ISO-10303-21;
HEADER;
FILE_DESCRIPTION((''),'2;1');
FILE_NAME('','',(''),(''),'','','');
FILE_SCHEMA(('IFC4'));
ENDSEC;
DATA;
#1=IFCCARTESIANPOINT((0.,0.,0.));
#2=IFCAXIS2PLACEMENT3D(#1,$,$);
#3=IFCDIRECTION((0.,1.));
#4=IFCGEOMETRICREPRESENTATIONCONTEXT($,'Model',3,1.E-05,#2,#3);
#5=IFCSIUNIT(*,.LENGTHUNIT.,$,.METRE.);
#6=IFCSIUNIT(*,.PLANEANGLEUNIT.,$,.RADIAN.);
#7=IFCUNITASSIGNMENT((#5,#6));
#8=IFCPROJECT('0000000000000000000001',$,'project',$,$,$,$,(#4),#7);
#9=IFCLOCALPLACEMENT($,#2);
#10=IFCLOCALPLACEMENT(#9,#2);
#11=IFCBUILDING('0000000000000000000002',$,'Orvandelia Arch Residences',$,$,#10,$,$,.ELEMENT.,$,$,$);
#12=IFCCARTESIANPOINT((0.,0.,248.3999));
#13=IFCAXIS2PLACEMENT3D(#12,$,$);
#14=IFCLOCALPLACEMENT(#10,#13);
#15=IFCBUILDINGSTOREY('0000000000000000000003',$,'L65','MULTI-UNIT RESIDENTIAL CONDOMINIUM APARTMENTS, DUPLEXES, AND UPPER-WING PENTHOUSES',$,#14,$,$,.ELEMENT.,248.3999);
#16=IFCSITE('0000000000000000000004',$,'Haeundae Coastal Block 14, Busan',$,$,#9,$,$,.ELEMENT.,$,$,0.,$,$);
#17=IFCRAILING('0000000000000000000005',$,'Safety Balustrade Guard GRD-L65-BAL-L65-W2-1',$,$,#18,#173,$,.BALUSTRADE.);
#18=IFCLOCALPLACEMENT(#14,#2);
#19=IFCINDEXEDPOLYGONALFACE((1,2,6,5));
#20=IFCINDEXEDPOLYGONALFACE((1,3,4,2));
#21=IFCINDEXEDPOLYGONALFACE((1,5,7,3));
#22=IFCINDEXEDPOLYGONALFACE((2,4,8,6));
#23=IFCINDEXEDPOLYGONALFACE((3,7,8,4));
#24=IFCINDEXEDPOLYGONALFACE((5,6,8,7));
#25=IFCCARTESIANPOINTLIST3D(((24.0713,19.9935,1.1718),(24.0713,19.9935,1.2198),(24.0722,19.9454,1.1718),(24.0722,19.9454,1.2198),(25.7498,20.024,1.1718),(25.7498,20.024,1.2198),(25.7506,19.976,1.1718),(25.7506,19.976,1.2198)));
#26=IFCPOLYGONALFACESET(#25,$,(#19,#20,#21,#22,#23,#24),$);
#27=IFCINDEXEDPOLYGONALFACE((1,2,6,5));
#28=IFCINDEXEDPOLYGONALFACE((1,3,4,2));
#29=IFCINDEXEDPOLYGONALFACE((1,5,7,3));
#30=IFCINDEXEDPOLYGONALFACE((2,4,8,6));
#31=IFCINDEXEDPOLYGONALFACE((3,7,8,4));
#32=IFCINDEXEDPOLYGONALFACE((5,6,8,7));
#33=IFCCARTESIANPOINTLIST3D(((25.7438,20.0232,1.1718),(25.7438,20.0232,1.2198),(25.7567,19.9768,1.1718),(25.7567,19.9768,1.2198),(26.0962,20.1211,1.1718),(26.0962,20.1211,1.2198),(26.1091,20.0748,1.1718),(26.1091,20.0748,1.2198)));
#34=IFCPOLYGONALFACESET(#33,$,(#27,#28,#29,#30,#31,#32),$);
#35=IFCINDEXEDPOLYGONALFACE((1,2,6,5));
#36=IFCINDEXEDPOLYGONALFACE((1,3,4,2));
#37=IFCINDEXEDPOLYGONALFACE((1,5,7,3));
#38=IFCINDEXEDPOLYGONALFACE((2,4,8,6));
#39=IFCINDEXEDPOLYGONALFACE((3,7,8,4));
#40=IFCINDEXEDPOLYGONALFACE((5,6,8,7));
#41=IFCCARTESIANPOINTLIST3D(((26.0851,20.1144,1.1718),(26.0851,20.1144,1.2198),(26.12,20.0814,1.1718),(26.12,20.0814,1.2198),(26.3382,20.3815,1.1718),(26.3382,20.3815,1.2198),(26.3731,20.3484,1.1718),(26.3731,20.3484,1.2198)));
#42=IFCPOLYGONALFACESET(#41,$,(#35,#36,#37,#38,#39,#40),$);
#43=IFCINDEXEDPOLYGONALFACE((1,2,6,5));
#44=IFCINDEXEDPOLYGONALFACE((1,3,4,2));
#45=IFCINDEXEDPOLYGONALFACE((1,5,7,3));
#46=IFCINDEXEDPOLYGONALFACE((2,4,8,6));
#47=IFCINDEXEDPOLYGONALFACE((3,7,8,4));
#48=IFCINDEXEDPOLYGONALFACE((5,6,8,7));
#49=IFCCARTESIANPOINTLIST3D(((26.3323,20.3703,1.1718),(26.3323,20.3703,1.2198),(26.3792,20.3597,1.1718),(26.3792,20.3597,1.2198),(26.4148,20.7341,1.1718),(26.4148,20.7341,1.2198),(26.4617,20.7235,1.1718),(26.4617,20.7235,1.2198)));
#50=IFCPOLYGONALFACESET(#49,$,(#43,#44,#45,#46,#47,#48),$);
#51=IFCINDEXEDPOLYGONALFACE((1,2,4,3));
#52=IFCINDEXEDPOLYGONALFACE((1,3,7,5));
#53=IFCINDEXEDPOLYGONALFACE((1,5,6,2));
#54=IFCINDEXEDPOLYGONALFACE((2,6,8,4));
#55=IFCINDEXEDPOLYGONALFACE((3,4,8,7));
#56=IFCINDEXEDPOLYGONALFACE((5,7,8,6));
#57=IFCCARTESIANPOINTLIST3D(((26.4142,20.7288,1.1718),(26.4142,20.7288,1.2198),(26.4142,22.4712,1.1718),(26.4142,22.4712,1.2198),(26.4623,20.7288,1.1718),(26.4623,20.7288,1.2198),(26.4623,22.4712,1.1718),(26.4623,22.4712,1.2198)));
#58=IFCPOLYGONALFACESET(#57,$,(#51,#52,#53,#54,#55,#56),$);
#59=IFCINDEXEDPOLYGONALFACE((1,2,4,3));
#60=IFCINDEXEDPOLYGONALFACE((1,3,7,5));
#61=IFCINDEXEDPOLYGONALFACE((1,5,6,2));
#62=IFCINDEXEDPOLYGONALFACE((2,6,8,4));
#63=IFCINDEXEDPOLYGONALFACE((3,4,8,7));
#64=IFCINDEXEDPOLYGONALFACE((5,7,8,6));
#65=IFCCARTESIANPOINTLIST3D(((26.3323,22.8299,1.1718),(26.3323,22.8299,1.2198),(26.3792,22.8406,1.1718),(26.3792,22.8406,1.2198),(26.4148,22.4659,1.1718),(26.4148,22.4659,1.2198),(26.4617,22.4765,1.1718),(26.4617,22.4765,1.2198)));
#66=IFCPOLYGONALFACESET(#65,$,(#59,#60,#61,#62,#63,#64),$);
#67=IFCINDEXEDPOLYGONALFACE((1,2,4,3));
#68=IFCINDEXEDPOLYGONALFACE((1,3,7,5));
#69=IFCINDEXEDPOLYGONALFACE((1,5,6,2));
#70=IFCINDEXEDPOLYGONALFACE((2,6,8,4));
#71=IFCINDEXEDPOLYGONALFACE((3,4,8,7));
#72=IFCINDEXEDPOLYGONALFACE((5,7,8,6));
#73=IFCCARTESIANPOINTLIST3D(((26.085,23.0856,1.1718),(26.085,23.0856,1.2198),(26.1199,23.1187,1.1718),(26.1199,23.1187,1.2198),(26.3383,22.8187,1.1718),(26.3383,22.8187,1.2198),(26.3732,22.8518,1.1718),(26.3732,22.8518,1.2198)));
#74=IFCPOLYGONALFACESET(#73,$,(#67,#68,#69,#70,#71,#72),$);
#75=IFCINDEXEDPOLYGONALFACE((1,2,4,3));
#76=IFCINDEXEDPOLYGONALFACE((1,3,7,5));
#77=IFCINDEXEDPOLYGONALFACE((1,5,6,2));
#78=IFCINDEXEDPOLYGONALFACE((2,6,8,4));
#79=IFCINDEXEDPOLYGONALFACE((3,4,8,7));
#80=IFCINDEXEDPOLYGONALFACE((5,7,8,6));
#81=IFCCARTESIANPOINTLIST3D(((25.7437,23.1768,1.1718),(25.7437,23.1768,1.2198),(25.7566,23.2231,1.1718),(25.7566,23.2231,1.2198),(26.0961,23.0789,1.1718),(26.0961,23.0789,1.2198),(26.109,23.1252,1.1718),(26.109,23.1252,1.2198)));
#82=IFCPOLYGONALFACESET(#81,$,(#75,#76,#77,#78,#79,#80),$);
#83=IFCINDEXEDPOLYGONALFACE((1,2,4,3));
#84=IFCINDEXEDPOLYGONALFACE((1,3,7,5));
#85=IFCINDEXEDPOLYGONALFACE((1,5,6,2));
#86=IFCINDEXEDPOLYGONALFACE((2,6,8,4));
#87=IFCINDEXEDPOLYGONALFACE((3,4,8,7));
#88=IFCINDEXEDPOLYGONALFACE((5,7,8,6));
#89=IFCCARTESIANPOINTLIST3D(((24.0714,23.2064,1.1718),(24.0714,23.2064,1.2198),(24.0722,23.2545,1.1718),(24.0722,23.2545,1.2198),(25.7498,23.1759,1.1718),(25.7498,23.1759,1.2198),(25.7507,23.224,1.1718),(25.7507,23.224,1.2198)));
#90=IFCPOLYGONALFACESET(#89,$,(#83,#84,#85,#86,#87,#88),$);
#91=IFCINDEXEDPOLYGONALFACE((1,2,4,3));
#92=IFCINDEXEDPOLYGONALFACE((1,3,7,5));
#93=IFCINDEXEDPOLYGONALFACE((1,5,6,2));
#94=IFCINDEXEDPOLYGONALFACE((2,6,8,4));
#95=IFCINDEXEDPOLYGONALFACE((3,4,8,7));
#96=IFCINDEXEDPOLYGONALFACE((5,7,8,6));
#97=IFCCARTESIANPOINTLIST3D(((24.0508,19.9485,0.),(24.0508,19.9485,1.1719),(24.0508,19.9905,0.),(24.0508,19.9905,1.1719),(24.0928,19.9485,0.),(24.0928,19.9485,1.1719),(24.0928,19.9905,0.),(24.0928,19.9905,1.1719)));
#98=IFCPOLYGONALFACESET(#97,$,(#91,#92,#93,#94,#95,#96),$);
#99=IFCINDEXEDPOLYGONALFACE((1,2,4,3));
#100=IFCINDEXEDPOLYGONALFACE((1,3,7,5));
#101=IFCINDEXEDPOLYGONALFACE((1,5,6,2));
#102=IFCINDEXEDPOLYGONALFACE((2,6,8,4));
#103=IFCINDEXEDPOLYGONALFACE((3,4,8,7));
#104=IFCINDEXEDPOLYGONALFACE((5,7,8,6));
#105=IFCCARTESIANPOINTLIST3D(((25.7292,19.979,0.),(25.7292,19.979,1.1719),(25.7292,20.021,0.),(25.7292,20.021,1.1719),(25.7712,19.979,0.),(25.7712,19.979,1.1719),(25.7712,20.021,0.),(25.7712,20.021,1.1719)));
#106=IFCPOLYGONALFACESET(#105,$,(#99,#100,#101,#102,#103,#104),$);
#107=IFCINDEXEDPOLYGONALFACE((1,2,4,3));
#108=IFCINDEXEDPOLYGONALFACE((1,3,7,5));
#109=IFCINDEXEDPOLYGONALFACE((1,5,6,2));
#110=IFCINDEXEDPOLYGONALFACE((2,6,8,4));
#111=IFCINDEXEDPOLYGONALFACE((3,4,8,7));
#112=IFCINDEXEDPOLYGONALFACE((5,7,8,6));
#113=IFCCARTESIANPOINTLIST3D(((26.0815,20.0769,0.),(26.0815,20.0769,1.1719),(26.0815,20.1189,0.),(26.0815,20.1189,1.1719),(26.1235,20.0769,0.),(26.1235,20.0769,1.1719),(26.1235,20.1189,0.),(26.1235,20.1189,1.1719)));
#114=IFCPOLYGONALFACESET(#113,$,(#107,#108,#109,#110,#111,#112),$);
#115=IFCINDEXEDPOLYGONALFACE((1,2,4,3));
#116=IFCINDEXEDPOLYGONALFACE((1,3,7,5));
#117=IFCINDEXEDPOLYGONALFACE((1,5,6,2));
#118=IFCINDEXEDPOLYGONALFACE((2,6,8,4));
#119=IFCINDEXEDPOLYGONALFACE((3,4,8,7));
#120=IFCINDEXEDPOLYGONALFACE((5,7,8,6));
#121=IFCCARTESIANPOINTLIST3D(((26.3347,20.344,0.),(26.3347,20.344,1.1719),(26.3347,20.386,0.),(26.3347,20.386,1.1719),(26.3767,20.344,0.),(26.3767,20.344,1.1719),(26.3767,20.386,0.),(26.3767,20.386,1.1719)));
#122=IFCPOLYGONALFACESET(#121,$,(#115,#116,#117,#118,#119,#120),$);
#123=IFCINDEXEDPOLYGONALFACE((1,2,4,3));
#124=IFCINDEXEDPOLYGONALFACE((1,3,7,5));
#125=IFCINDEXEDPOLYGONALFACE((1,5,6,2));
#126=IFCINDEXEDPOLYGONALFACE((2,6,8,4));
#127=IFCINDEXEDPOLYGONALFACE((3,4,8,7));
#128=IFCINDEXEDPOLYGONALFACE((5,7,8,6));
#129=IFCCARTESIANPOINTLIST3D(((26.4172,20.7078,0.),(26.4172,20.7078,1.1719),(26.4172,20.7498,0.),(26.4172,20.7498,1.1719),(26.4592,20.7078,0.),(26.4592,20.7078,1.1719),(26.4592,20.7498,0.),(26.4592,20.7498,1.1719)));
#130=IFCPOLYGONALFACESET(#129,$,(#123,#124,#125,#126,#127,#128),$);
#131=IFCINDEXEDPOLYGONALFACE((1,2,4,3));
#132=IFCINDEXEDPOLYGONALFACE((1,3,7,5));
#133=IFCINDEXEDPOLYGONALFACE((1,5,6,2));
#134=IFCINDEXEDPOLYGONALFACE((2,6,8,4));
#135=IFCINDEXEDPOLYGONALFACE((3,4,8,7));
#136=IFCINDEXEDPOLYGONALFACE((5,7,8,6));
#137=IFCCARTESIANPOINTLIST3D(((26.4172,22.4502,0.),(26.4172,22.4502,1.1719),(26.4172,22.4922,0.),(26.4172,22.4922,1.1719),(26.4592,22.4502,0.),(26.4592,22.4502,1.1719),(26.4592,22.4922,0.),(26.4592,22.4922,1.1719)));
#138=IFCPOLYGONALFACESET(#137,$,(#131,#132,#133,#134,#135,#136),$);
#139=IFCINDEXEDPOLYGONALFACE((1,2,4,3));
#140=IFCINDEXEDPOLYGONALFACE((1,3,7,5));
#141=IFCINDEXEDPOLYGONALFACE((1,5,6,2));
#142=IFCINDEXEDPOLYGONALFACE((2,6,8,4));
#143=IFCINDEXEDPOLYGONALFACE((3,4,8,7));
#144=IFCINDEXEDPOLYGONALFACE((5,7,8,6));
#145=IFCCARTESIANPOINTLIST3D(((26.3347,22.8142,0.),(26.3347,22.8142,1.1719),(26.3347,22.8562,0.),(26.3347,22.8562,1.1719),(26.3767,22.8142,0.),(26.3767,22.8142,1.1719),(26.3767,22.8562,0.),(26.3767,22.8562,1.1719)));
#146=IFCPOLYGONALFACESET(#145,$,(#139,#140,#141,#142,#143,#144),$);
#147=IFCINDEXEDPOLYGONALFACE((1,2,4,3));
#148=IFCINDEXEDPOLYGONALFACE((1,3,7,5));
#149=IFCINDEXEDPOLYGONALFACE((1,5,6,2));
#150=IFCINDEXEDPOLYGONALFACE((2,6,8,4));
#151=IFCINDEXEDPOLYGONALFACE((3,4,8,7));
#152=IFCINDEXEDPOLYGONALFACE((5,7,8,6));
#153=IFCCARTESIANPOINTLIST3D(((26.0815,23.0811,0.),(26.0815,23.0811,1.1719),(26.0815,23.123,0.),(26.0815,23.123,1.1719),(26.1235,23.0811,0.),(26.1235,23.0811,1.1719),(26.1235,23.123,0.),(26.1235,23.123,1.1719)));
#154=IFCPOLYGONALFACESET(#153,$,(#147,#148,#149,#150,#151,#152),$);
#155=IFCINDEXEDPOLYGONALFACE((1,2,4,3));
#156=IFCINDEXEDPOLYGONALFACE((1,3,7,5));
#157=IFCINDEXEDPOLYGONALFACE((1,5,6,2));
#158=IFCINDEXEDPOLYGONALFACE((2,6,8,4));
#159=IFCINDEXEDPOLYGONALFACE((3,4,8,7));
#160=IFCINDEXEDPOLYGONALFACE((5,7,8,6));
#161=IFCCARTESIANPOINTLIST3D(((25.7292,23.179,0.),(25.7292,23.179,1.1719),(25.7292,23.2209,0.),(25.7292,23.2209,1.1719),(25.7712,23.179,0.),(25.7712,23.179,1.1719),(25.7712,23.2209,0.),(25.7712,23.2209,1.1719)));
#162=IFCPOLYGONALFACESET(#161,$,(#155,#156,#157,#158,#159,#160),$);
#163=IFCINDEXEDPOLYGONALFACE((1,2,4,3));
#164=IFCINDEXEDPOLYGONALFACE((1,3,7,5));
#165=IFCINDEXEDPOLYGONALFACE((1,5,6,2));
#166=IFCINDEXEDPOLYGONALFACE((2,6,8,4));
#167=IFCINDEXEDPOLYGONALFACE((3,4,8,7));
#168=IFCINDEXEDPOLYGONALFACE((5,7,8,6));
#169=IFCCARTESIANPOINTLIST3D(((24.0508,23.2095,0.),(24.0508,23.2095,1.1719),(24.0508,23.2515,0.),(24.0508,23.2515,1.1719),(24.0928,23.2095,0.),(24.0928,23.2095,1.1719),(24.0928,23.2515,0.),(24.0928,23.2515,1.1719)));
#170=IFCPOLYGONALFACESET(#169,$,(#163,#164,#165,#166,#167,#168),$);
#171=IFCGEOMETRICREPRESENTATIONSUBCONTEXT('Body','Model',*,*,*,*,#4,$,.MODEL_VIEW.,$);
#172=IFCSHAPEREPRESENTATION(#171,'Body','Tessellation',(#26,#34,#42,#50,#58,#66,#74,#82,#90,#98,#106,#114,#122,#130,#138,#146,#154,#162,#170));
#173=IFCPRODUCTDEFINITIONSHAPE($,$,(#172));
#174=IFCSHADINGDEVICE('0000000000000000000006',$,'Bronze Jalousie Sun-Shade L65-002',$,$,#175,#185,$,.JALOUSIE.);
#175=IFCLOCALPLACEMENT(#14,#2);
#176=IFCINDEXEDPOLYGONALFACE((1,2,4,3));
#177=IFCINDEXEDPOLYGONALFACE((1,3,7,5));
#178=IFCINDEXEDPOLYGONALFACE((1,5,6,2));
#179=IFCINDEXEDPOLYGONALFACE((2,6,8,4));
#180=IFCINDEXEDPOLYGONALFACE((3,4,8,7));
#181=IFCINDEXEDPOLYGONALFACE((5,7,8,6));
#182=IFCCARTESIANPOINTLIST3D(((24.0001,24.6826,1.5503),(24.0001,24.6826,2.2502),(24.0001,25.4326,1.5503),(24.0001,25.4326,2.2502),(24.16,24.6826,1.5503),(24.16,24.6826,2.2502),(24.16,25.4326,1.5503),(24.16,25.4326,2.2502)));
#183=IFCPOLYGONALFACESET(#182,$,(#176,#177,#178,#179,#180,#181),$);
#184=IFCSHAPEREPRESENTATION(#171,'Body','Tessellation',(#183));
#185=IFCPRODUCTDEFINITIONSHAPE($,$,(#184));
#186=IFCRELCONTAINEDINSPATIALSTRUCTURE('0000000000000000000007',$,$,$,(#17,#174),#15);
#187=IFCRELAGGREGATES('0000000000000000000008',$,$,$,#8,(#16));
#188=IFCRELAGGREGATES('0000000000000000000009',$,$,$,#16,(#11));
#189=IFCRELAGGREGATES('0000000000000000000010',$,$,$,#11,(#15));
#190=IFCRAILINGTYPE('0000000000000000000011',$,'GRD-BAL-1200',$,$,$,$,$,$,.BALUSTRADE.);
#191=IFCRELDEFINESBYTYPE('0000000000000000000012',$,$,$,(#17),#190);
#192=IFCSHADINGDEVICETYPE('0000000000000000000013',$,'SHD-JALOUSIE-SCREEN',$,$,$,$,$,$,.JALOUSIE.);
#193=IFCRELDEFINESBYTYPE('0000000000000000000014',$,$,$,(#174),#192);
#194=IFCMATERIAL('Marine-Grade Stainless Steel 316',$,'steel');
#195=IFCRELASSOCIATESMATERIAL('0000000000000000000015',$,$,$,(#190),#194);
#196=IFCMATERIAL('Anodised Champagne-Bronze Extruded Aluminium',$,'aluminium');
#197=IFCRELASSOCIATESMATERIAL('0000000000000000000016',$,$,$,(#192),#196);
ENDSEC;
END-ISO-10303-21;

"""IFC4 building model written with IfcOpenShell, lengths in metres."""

from ifc_helpers import new_model, si_unit, direction, frame, origin, origin_2d, place, context, subcontext, project, spatial, rectangle, extrude, material, type_object, element, save


model = new_model("IFC4")

# Units and contexts
model_context = context("Model", 3, precision=1e-05, world=origin(), true_north=direction((0.0, 1.0)))
body_context = subcontext(model_context, "Body", "Model", "MODEL_VIEW")
ifc_project = project(units=[si_unit("LENGTHUNIT", "METRE"), si_unit("PLANEANGLEUNIT", "RADIAN")], contexts=[model_context])

# Site, building, storey
site_placement = place(None, origin())
site = spatial("IfcSite", under=ifc_project, at=site_placement, Name="Haeundae Coastal Block 14, Busan", CompositionType="ELEMENT", RefElevation=0.0)
building_placement = place(site_placement, origin())
building = spatial("IfcBuilding", under=site, at=building_placement, Name="Orvandelia Arch Residences", CompositionType="ELEMENT")
storey_placement = place(building_placement, frame((0.0, 0.0, 248.3999)))
storey = spatial("IfcBuildingStorey", under=building, at=storey_placement, Name="L65", Description="MULTI-UNIT RESIDENTIAL CONDOMINIUM APARTMENTS, DUPLEXES, AND UPPER-WING PENTHOUSES", CompositionType="ELEMENT", Elevation=248.3999)

# Railing
ifc_material_1 = material(Name="Marine-Grade Stainless Steel 316", Category="steel")
railing_type = type_object("IfcRailingType", Name="GRD-BAL-1200", PredefinedType="BALUSTRADE", material=ifc_material_1)
railing_placement = place(storey_placement, frame((24.0718, 19.9695, 0.0)))
element("IfcRailing", 1, at=railing_placement, inside=storey, type_object=railing_type, Name="Safety Balustrade Guard GRD-L65-BAL-L65-W2-1", PredefinedType="BALUSTRADE", context=body_context, shape_type="SweptSolid", body=[
    extrude(rectangle(XDim=0.0481, YDim=0.0481, at=origin_2d()), frame((0.0, 0.0, 1.1958), z_axis=(0.999835, 0.018179, 0.0), x_axis=(-0.018179, 0.999835, 0.0)), (0.0, 0.0, 1.0), 1.6787),
    extrude(rectangle(XDim=0.0481, YDim=0.0481, at=origin_2d()), frame((1.6785, 0.0305, 1.1958), z_axis=(0.963489, 0.267747, 0.0), x_axis=(-0.267747, 0.963489, 0.0)), (0.0, 0.0, 1.0), 0.3657),
    extrude(rectangle(XDim=0.0481, YDim=0.0481, at=origin_2d()), frame((2.0308, 0.1284, 1.1958), z_axis=(0.687947, 0.725761, 0.0), x_axis=(-0.725761, 0.687947, 0.0)), (0.0, 0.0, 1.0), 0.3679),
    extrude(rectangle(XDim=0.0481, YDim=0.0481, at=origin_2d()), frame((2.2839, 0.3955, 1.1958), z_axis=(0.221225, 0.975223, 0.0), x_axis=(-0.975223, 0.221225, 0.0)), (0.0, 0.0, 1.0), 0.373),
    extrude(rectangle(XDim=0.0481, YDim=0.0481, at=origin_2d()), frame((2.3665, 0.7593, 1.1958), z_axis=(0.0, 1.0, 0.0), x_axis=(-1.0, 0.0, 0.0)), (0.0, 0.0, 1.0), 1.7424),
    extrude(rectangle(XDim=0.0481, YDim=0.0481, at=origin_2d()), frame((2.3665, 2.5017, 1.1958), z_axis=(-0.221084, 0.975255, 0.0), x_axis=(-0.975255, -0.221084, 0.0)), (0.0, 0.0, 1.0), 0.3733),
    extrude(rectangle(XDim=0.0481, YDim=0.0481, at=origin_2d()), frame((2.2839, 2.8657, 1.1958), z_axis=(-0.688278, 0.725447, 0.0), x_axis=(-0.725447, -0.688278, 0.0)), (0.0, 0.0, 1.0), 0.3679),
    extrude(rectangle(XDim=0.0481, YDim=0.0481, at=origin_2d()), frame((2.0308, 3.1326, 1.1958), z_axis=(-0.963489, 0.267747, 0.0), x_axis=(-0.267747, -0.963489, 0.0)), (0.0, 0.0, 1.0), 0.3657),
    extrude(rectangle(XDim=0.0481, YDim=0.0481, at=origin_2d()), frame((1.6785, 3.2305, 1.1958), z_axis=(-0.999835, 0.018179, 0.0), x_axis=(-0.018179, -0.999835, 0.0)), (0.0, 0.0, 1.0), 1.6787),
    extrude(rectangle(XDim=0.042, YDim=0.042, at=origin_2d()), origin(), (0.0, 0.0, 1.0), 1.1719),
    extrude(rectangle(XDim=0.042, YDim=0.042, at=origin_2d()), frame((1.6785, 0.0305, 0.0)), (0.0, 0.0, 1.0), 1.1719),
    extrude(rectangle(XDim=0.042, YDim=0.042, at=origin_2d()), frame((2.0308, 0.1284, 0.0)), (0.0, 0.0, 1.0), 1.1719),
    extrude(rectangle(XDim=0.042, YDim=0.042, at=origin_2d()), frame((2.2839, 0.3955, 0.0)), (0.0, 0.0, 1.0), 1.1719),
    extrude(rectangle(XDim=0.042, YDim=0.042, at=origin_2d()), frame((2.3665, 0.7593, 0.0)), (0.0, 0.0, 1.0), 1.1719),
    extrude(rectangle(XDim=0.042, YDim=0.042, at=origin_2d()), frame((2.3665, 2.5017, 0.0)), (0.0, 0.0, 1.0), 1.1719),
    extrude(rectangle(XDim=0.042, YDim=0.042, at=origin_2d()), frame((2.2839, 2.8657, 0.0)), (0.0, 0.0, 1.0), 1.1719),
    extrude(rectangle(XDim=0.042, YDim=0.042, at=origin_2d()), frame((2.0308, 3.1326, 0.0)), (0.0, 0.0, 1.0), 1.1719),
    extrude(rectangle(XDim=0.042, YDim=0.042, at=origin_2d()), frame((1.6785, 3.2305, 0.0)), (0.0, 0.0, 1.0), 1.1719),
    extrude(rectangle(XDim=0.042, YDim=0.042, at=origin_2d()), frame((0.0, 3.261, 0.0)), (0.0, 0.0, 1.0), 1.1719),
])

# Shading device
ifc_material_2 = material(Name="Anodised Champagne-Bronze Extruded Aluminium", Category="aluminium")
shading_device_type = type_object("IfcShadingDeviceType", Name="SHD-JALOUSIE-SCREEN", PredefinedType="JALOUSIE", material=ifc_material_2)
shading_device_placement = place(storey_placement, frame((24.0801, 25.0576, 1.5503), z_axis=(0.0, 0.0, 1.0), x_axis=(0.0, -1.0, 0.0)))
element("IfcShadingDevice", 2, at=shading_device_placement, inside=storey, type_object=shading_device_type, Name="Bronze Jalousie Sun-Shade L65-002", PredefinedType="JALOUSIE", context=body_context, shape_type="SweptSolid", body=[
    extrude(rectangle(XDim=0.75, YDim=0.1599, at=origin_2d()), origin(), (0.0, 0.0, 1.0), 0.7),
])

save(model, "model.ifc")
